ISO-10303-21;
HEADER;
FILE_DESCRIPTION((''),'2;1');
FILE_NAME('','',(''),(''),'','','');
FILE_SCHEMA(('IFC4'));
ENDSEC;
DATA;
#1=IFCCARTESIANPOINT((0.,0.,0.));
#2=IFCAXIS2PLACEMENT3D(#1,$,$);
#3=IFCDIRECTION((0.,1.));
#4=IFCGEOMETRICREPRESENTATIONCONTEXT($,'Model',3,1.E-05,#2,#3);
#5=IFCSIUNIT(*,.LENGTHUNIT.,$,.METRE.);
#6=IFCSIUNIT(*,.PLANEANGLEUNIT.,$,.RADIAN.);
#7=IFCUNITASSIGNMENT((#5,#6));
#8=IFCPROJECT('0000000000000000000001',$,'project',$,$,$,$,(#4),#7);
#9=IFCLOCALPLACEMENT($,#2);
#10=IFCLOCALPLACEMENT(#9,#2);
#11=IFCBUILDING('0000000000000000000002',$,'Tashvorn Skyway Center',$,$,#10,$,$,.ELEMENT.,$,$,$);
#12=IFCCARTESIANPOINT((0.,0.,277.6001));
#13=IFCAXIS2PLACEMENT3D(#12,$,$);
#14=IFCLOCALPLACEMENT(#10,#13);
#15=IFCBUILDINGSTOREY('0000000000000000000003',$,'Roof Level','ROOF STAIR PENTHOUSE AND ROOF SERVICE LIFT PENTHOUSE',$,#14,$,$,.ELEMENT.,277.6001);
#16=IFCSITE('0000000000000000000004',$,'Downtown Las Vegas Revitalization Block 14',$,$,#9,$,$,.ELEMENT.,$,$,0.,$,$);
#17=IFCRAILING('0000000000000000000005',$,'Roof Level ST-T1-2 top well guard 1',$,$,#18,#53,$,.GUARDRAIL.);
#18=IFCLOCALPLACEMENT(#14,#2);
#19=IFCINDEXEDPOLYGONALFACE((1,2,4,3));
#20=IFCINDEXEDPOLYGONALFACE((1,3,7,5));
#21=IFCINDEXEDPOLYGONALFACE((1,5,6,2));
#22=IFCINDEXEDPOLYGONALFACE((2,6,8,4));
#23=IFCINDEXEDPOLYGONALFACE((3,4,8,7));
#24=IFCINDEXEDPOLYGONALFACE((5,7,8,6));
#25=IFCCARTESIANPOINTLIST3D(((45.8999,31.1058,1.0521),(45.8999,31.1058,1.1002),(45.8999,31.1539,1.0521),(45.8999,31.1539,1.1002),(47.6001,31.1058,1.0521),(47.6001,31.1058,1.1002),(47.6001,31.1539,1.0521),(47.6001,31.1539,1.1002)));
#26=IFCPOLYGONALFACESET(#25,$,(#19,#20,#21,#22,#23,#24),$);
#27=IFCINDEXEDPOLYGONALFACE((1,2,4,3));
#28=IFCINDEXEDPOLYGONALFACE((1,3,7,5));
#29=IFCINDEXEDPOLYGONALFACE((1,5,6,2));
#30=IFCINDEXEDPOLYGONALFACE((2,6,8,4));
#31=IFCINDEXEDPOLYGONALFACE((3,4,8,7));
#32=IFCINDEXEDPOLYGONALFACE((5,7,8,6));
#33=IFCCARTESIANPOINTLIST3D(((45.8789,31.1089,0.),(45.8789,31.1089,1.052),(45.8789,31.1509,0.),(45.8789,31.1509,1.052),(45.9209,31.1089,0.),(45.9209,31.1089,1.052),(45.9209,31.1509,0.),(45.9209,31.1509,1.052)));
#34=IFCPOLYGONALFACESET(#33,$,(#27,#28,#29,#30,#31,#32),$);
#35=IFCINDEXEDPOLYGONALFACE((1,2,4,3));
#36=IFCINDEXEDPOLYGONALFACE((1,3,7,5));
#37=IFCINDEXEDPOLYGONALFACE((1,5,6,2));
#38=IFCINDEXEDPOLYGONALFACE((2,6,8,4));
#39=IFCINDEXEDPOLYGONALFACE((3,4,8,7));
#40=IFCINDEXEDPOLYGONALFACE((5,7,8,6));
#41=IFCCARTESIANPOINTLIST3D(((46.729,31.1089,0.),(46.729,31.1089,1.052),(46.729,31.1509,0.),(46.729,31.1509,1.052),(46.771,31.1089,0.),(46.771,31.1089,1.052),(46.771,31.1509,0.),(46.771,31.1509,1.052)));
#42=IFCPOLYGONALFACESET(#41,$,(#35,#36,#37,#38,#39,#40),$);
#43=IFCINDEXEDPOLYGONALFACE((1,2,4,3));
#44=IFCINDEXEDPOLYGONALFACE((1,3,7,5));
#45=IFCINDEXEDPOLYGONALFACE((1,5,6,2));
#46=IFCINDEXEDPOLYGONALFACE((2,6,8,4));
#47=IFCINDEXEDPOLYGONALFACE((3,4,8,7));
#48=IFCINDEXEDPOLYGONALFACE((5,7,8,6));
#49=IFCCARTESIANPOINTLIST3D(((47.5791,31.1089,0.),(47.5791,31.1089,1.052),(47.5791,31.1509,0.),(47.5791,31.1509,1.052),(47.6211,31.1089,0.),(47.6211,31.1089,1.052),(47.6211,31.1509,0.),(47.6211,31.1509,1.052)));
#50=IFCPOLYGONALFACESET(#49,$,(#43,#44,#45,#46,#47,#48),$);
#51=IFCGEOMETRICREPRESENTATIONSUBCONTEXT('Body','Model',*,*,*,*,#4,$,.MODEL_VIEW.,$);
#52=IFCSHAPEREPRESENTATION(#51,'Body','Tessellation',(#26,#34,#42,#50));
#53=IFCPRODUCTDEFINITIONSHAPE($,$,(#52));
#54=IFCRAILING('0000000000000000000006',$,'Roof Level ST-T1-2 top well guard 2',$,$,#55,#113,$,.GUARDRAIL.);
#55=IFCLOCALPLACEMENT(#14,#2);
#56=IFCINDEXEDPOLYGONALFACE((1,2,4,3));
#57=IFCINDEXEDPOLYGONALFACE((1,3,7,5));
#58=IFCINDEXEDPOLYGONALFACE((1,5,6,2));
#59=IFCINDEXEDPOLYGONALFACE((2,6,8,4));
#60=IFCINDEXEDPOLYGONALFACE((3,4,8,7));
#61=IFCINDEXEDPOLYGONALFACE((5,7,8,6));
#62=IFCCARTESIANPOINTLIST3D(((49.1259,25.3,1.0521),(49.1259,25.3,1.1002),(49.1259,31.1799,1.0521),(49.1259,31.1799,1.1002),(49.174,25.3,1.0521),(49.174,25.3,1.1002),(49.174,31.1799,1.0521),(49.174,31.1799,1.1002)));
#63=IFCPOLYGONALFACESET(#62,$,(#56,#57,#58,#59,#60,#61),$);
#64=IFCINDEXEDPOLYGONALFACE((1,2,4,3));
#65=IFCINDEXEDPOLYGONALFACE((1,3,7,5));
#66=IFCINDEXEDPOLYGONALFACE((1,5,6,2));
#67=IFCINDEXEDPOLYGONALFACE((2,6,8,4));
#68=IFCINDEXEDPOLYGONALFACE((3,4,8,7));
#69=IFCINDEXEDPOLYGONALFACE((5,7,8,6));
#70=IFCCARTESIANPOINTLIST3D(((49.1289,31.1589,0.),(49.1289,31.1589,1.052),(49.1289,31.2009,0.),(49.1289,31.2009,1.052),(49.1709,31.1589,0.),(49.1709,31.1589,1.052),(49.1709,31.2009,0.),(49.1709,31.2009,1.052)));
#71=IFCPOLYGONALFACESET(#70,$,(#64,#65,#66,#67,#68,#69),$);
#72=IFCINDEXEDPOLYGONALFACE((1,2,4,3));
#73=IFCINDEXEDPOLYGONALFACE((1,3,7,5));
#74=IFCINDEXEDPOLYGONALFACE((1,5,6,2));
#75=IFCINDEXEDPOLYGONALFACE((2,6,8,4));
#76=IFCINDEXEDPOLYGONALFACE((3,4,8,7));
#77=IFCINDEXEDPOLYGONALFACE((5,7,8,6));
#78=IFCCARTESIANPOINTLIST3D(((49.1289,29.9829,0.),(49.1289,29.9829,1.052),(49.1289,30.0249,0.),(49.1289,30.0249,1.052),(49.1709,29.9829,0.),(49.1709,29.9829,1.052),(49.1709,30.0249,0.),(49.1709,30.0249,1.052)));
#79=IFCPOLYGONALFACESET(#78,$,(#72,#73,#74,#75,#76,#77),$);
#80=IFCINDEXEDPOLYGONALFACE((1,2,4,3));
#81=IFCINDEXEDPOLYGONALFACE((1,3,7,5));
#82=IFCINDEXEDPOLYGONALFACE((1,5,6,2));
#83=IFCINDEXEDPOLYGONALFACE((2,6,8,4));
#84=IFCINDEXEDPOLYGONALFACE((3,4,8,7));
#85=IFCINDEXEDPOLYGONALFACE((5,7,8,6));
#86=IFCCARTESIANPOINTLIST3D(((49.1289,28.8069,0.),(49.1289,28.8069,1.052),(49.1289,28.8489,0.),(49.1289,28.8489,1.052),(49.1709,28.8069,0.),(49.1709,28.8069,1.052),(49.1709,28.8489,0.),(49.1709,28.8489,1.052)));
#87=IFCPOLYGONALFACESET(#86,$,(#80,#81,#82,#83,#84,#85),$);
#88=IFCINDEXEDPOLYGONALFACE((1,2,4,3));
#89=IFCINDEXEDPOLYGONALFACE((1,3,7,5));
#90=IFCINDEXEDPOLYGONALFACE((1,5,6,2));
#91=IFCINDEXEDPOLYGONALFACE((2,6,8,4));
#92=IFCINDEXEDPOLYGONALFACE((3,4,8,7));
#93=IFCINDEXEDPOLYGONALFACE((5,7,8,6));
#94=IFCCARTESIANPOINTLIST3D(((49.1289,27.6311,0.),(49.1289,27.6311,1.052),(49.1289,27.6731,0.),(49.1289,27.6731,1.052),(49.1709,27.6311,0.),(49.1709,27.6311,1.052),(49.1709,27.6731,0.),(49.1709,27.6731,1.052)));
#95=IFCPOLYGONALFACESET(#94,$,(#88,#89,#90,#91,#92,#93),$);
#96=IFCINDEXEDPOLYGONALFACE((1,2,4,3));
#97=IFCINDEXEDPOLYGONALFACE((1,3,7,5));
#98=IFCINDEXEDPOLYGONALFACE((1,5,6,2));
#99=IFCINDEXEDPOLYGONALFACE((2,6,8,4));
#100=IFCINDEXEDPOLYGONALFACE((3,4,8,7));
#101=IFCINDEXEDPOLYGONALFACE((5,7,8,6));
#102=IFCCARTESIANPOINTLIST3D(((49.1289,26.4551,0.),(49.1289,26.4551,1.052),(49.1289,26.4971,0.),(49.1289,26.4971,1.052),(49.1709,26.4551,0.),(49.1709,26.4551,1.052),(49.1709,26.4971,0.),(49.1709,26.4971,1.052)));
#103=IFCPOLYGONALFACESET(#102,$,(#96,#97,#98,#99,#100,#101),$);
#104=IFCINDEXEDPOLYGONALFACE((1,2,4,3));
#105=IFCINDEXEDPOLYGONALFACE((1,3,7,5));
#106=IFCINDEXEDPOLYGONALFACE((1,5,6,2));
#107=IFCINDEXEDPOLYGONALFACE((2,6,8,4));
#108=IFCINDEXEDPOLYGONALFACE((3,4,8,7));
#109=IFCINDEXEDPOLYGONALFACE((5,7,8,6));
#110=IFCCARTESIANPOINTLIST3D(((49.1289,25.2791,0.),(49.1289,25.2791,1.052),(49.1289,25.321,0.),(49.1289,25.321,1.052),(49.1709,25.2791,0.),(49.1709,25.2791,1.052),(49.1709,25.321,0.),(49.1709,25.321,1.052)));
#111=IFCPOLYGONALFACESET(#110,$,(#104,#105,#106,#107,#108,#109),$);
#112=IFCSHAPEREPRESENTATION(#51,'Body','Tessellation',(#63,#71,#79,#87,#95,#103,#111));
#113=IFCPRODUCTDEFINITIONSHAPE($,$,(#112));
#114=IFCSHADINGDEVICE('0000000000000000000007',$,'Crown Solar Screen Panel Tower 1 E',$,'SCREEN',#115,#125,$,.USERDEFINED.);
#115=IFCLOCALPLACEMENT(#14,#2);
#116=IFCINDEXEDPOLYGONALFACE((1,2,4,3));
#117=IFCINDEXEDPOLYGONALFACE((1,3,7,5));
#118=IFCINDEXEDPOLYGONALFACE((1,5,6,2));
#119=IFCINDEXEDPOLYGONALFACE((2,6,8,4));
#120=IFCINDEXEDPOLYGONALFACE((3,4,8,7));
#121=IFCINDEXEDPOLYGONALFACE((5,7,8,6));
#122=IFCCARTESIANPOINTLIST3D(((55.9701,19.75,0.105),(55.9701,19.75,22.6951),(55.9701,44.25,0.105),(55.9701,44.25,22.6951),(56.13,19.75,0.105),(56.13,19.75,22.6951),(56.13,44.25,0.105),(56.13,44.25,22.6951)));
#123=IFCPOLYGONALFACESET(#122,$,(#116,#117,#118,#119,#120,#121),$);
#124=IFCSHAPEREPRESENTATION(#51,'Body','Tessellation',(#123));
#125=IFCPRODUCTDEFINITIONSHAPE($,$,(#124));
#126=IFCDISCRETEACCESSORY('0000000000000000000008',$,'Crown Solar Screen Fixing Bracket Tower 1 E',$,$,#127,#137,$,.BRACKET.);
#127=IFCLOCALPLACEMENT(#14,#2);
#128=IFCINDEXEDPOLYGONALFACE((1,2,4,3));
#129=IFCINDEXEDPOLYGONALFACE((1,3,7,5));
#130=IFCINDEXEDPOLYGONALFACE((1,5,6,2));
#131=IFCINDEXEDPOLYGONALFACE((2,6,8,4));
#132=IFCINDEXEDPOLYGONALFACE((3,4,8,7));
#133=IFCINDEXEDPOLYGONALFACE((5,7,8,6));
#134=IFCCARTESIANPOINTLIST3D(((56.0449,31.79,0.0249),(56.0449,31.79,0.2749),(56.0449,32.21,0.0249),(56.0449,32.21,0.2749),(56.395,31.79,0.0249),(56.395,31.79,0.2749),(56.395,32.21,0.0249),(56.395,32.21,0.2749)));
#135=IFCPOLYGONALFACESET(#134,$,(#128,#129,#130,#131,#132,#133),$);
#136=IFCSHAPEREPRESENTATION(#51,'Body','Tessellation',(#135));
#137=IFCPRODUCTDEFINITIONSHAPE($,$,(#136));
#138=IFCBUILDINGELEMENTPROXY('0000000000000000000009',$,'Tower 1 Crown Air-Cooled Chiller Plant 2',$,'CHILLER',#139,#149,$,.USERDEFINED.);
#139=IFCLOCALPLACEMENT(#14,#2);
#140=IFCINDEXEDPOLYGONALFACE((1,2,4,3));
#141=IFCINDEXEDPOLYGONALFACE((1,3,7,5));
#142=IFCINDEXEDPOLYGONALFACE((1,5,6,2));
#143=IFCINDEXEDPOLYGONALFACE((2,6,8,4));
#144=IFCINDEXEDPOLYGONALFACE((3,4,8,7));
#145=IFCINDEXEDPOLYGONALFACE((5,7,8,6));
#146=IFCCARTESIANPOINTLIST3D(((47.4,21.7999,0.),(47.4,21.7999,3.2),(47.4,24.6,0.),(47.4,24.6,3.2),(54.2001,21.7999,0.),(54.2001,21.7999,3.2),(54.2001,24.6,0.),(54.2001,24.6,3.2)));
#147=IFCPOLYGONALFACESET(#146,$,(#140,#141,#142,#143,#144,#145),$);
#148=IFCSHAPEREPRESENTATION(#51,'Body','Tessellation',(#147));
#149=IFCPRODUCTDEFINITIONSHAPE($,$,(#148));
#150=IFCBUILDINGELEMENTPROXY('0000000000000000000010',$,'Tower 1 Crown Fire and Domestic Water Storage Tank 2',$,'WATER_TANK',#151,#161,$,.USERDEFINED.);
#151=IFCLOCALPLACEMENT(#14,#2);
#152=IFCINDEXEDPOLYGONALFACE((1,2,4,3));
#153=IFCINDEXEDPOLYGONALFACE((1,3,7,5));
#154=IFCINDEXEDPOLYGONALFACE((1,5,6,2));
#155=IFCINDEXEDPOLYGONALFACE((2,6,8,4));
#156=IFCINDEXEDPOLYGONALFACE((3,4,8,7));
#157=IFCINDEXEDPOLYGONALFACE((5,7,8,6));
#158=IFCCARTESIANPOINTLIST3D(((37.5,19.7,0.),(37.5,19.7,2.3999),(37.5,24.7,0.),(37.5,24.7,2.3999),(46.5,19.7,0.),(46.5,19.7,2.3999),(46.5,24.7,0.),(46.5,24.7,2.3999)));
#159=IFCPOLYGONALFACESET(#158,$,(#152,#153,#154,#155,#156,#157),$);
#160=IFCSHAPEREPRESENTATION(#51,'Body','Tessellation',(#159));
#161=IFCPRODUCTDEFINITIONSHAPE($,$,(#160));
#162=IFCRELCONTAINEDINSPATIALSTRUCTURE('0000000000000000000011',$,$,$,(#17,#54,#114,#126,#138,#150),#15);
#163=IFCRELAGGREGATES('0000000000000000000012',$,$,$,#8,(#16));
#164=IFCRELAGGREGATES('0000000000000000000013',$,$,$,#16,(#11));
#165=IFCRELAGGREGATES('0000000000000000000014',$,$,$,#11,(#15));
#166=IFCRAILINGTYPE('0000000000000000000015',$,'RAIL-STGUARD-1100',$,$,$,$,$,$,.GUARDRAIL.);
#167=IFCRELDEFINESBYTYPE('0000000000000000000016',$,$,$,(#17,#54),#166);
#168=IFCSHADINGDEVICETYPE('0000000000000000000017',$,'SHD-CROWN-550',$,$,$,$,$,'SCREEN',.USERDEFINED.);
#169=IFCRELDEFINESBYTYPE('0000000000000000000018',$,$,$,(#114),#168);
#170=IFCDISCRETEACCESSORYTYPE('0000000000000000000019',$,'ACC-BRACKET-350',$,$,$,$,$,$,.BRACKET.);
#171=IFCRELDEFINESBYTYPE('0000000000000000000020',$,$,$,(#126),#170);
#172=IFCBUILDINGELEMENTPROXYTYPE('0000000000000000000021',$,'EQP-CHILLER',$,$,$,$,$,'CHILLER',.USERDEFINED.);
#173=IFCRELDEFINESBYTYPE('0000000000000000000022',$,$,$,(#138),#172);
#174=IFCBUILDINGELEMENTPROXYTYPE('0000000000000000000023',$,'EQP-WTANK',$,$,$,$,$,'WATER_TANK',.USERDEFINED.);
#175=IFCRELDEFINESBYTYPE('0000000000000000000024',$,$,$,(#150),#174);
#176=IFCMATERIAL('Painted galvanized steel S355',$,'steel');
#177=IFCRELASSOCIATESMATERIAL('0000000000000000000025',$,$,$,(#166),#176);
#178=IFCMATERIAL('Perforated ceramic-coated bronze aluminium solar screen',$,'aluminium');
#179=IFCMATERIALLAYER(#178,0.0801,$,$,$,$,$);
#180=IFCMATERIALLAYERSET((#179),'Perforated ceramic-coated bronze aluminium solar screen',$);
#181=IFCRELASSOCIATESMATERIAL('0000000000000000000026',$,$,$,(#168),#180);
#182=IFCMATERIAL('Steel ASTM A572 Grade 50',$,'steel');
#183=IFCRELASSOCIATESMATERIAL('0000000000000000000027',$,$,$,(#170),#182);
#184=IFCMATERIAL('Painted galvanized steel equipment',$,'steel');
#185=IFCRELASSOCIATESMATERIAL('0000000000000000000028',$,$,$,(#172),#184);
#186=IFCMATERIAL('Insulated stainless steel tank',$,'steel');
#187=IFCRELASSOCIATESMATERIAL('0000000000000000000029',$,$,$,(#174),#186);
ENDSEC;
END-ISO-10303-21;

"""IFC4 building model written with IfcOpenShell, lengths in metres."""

from ifc_helpers import new_model, si_unit, direction, frame, origin, origin_2d, place, context, subcontext, project, spatial, rectangle, extrude, material, layer, layer_set, type_object, element, save


model = new_model("IFC4")

# Units and contexts
model_context = context("Model", 3, precision=1e-05, world=origin(), true_north=direction((0.0, 1.0)))
body_context = subcontext(model_context, "Body", "Model", "MODEL_VIEW")
ifc_project = project(units=[si_unit("LENGTHUNIT", "METRE"), si_unit("PLANEANGLEUNIT", "RADIAN")], contexts=[model_context])

# Site, building, storey
site_placement = place(None, origin())
site = spatial("IfcSite", under=ifc_project, at=site_placement, Name="Downtown Las Vegas Revitalization Block 14", CompositionType="ELEMENT", RefElevation=0.0)
building_placement = place(site_placement, origin())
building = spatial("IfcBuilding", under=site, at=building_placement, Name="Tashvorn Skyway Center", CompositionType="ELEMENT")
storey_placement = place(building_placement, frame((0.0, 0.0, 277.6001)))
storey = spatial("IfcBuildingStorey", under=building, at=storey_placement, Name="Roof Level", Description="ROOF STAIR PENTHOUSE AND ROOF SERVICE LIFT PENTHOUSE", CompositionType="ELEMENT", Elevation=277.6001)

# Shared definitions
ifc_material_1 = material(Name="Steel ASTM A572 Grade 50", Category="steel")

# Shared definitions
ifc_material_2 = material(Name="Perforated ceramic-coated bronze aluminium solar screen", Category="aluminium")

# Railings
ifc_material_3 = material(Name="Painted galvanized steel S355", Category="steel")
railing_type_1 = type_object("IfcRailingType", Name="RAIL-STGUARD-1100", PredefinedType="GUARDRAIL", material=ifc_material_3)
railing_1_placement = place(storey_placement, frame((45.8999, 31.1299, 0.0)))
element("IfcRailing", 1, at=railing_1_placement, inside=storey, type_object=railing_type_1, Name="Roof Level ST-T1-2 top well guard 1", PredefinedType="GUARDRAIL", context=body_context, shape_type="SweptSolid", body=[
    extrude(rectangle(XDim=0.0481, YDim=0.0481, at=origin_2d()), frame((0.0, 0.0, 1.0762), z_axis=(1.0, 0.0, 0.0), x_axis=(0.0, 1.0, 0.0)), (0.0, 0.0, 1.0), 1.7002),
    extrude(rectangle(XDim=0.042, YDim=0.042, at=origin_2d()), origin(), (0.0, 0.0, 1.0), 1.052),
    extrude(rectangle(XDim=0.042, YDim=0.042, at=origin_2d()), frame((0.8501, 0.0, 0.0)), (0.0, 0.0, 1.0), 1.052),
    extrude(rectangle(XDim=0.042, YDim=0.042, at=origin_2d()), frame((1.7002, 0.0, 0.0)), (0.0, 0.0, 1.0), 1.052),
])
railing_2_placement = place(storey_placement, frame((49.1499, 31.1799, 0.0)))
element("IfcRailing", 2, at=railing_2_placement, inside=storey, type_object=railing_type_1, Name="Roof Level ST-T1-2 top well guard 2", PredefinedType="GUARDRAIL", context=body_context, shape_type="SweptSolid", body=[
    extrude(rectangle(XDim=0.0481, YDim=0.0481, at=origin_2d()), frame((0.0, 0.0, 1.0762), z_axis=(0.0, -1.0, 0.0), x_axis=(1.0, 0.0, 0.0)), (0.0, 0.0, 1.0), 5.8799),
    extrude(rectangle(XDim=0.042, YDim=0.042, at=origin_2d()), origin(), (0.0, 0.0, 1.0), 1.052),
    extrude(rectangle(XDim=0.042, YDim=0.042, at=origin_2d()), frame((0.0, -1.176, 0.0)), (0.0, 0.0, 1.0), 1.052),
    extrude(rectangle(XDim=0.042, YDim=0.042, at=origin_2d()), frame((0.0, -2.3521, 0.0)), (0.0, 0.0, 1.0), 1.052),
    extrude(rectangle(XDim=0.042, YDim=0.042, at=origin_2d()), frame((0.0, -3.5278, 0.0)), (0.0, 0.0, 1.0), 1.052),
    extrude(rectangle(XDim=0.042, YDim=0.042, at=origin_2d()), frame((0.0, -4.7039, 0.0)), (0.0, 0.0, 1.0), 1.052),
    extrude(rectangle(XDim=0.042, YDim=0.042, at=origin_2d()), frame((0.0, -5.8799, 0.0)), (0.0, 0.0, 1.0), 1.052),
])

# Shading device
ifc_layer_1 = layer(ifc_material_2, 0.0801)
ifc_layer_set_1 = layer_set([ifc_layer_1], Name="Perforated ceramic-coated bronze aluminium solar screen")
shading_device_type = type_object("IfcShadingDeviceType", Name="SHD-CROWN-550", ElementType="SCREEN", PredefinedType="USERDEFINED", material=ifc_layer_set_1)
shading_device_placement = place(storey_placement, frame((56.05, 32.0, 0.105), z_axis=(0.0, 0.0, 1.0), x_axis=(0.0, 1.0, 0.0)))
element("IfcShadingDevice", 3, at=shading_device_placement, inside=storey, type_object=shading_device_type, Name="Crown Solar Screen Panel Tower 1 E", ObjectType="SCREEN", PredefinedType="USERDEFINED", context=body_context, shape_type="SweptSolid", body=[
    extrude(rectangle(XDim=24.5, YDim=0.1599, at=origin_2d()), origin(), (0.0, 0.0, 1.0), 22.5901),
])

# Discrete accessory
discrete_accessory_type = type_object("IfcDiscreteAccessoryType", Name="ACC-BRACKET-350", PredefinedType="BRACKET", material=ifc_material_1)
discrete_accessory_placement = place(storey_placement, frame((56.22, 32.0, 0.0249), z_axis=(0.0, 0.0, 1.0), x_axis=(0.0, 1.0, 0.0)))
element("IfcDiscreteAccessory", 4, at=discrete_accessory_placement, inside=storey, type_object=discrete_accessory_type, Name="Crown Solar Screen Fixing Bracket Tower 1 E", PredefinedType="BRACKET", context=body_context, shape_type="SweptSolid", body=[
    extrude(rectangle(XDim=0.4199, YDim=0.3501, at=origin_2d()), origin(), (0.0, 0.0, 1.0), 0.25),
])

# Building element proxies
ifc_material_4 = material(Name="Painted galvanized steel equipment", Category="steel")
building_element_proxy_type_1 = type_object("IfcBuildingElementProxyType", Name="EQP-CHILLER", ElementType="CHILLER", PredefinedType="USERDEFINED", material=ifc_material_4)
proxy_1_placement = place(storey_placement, frame((50.8, 23.2, 0.0), z_axis=(0.0, 0.0, 1.0), x_axis=(1.0, 0.0, 0.0)))
element("IfcBuildingElementProxy", 5, at=proxy_1_placement, inside=storey, type_object=building_element_proxy_type_1, Name="Tower 1 Crown Air-Cooled Chiller Plant 2", ObjectType="CHILLER", PredefinedType="USERDEFINED", context=body_context, shape_type="SweptSolid", body=[
    extrude(rectangle(XDim=6.8, YDim=2.8, at=origin_2d()), origin(), (0.0, 0.0, 1.0), 3.2),
])
ifc_material_5 = material(Name="Insulated stainless steel tank", Category="steel")
building_element_proxy_type_2 = type_object("IfcBuildingElementProxyType", Name="EQP-WTANK", ElementType="WATER_TANK", PredefinedType="USERDEFINED", material=ifc_material_5)
proxy_2_placement = place(storey_placement, frame((42.0, 22.2, 0.0), z_axis=(0.0, 0.0, 1.0), x_axis=(1.0, 0.0, 0.0)))
element("IfcBuildingElementProxy", 6, at=proxy_2_placement, inside=storey, type_object=building_element_proxy_type_2, Name="Tower 1 Crown Fire and Domestic Water Storage Tank 2", ObjectType="WATER_TANK", PredefinedType="USERDEFINED", context=body_context, shape_type="SweptSolid", body=[
    extrude(rectangle(XDim=9.0, YDim=5.0, at=origin_2d()), origin(), (0.0, 0.0, 1.0), 2.3999),
])

save(model, "model.ifc")
